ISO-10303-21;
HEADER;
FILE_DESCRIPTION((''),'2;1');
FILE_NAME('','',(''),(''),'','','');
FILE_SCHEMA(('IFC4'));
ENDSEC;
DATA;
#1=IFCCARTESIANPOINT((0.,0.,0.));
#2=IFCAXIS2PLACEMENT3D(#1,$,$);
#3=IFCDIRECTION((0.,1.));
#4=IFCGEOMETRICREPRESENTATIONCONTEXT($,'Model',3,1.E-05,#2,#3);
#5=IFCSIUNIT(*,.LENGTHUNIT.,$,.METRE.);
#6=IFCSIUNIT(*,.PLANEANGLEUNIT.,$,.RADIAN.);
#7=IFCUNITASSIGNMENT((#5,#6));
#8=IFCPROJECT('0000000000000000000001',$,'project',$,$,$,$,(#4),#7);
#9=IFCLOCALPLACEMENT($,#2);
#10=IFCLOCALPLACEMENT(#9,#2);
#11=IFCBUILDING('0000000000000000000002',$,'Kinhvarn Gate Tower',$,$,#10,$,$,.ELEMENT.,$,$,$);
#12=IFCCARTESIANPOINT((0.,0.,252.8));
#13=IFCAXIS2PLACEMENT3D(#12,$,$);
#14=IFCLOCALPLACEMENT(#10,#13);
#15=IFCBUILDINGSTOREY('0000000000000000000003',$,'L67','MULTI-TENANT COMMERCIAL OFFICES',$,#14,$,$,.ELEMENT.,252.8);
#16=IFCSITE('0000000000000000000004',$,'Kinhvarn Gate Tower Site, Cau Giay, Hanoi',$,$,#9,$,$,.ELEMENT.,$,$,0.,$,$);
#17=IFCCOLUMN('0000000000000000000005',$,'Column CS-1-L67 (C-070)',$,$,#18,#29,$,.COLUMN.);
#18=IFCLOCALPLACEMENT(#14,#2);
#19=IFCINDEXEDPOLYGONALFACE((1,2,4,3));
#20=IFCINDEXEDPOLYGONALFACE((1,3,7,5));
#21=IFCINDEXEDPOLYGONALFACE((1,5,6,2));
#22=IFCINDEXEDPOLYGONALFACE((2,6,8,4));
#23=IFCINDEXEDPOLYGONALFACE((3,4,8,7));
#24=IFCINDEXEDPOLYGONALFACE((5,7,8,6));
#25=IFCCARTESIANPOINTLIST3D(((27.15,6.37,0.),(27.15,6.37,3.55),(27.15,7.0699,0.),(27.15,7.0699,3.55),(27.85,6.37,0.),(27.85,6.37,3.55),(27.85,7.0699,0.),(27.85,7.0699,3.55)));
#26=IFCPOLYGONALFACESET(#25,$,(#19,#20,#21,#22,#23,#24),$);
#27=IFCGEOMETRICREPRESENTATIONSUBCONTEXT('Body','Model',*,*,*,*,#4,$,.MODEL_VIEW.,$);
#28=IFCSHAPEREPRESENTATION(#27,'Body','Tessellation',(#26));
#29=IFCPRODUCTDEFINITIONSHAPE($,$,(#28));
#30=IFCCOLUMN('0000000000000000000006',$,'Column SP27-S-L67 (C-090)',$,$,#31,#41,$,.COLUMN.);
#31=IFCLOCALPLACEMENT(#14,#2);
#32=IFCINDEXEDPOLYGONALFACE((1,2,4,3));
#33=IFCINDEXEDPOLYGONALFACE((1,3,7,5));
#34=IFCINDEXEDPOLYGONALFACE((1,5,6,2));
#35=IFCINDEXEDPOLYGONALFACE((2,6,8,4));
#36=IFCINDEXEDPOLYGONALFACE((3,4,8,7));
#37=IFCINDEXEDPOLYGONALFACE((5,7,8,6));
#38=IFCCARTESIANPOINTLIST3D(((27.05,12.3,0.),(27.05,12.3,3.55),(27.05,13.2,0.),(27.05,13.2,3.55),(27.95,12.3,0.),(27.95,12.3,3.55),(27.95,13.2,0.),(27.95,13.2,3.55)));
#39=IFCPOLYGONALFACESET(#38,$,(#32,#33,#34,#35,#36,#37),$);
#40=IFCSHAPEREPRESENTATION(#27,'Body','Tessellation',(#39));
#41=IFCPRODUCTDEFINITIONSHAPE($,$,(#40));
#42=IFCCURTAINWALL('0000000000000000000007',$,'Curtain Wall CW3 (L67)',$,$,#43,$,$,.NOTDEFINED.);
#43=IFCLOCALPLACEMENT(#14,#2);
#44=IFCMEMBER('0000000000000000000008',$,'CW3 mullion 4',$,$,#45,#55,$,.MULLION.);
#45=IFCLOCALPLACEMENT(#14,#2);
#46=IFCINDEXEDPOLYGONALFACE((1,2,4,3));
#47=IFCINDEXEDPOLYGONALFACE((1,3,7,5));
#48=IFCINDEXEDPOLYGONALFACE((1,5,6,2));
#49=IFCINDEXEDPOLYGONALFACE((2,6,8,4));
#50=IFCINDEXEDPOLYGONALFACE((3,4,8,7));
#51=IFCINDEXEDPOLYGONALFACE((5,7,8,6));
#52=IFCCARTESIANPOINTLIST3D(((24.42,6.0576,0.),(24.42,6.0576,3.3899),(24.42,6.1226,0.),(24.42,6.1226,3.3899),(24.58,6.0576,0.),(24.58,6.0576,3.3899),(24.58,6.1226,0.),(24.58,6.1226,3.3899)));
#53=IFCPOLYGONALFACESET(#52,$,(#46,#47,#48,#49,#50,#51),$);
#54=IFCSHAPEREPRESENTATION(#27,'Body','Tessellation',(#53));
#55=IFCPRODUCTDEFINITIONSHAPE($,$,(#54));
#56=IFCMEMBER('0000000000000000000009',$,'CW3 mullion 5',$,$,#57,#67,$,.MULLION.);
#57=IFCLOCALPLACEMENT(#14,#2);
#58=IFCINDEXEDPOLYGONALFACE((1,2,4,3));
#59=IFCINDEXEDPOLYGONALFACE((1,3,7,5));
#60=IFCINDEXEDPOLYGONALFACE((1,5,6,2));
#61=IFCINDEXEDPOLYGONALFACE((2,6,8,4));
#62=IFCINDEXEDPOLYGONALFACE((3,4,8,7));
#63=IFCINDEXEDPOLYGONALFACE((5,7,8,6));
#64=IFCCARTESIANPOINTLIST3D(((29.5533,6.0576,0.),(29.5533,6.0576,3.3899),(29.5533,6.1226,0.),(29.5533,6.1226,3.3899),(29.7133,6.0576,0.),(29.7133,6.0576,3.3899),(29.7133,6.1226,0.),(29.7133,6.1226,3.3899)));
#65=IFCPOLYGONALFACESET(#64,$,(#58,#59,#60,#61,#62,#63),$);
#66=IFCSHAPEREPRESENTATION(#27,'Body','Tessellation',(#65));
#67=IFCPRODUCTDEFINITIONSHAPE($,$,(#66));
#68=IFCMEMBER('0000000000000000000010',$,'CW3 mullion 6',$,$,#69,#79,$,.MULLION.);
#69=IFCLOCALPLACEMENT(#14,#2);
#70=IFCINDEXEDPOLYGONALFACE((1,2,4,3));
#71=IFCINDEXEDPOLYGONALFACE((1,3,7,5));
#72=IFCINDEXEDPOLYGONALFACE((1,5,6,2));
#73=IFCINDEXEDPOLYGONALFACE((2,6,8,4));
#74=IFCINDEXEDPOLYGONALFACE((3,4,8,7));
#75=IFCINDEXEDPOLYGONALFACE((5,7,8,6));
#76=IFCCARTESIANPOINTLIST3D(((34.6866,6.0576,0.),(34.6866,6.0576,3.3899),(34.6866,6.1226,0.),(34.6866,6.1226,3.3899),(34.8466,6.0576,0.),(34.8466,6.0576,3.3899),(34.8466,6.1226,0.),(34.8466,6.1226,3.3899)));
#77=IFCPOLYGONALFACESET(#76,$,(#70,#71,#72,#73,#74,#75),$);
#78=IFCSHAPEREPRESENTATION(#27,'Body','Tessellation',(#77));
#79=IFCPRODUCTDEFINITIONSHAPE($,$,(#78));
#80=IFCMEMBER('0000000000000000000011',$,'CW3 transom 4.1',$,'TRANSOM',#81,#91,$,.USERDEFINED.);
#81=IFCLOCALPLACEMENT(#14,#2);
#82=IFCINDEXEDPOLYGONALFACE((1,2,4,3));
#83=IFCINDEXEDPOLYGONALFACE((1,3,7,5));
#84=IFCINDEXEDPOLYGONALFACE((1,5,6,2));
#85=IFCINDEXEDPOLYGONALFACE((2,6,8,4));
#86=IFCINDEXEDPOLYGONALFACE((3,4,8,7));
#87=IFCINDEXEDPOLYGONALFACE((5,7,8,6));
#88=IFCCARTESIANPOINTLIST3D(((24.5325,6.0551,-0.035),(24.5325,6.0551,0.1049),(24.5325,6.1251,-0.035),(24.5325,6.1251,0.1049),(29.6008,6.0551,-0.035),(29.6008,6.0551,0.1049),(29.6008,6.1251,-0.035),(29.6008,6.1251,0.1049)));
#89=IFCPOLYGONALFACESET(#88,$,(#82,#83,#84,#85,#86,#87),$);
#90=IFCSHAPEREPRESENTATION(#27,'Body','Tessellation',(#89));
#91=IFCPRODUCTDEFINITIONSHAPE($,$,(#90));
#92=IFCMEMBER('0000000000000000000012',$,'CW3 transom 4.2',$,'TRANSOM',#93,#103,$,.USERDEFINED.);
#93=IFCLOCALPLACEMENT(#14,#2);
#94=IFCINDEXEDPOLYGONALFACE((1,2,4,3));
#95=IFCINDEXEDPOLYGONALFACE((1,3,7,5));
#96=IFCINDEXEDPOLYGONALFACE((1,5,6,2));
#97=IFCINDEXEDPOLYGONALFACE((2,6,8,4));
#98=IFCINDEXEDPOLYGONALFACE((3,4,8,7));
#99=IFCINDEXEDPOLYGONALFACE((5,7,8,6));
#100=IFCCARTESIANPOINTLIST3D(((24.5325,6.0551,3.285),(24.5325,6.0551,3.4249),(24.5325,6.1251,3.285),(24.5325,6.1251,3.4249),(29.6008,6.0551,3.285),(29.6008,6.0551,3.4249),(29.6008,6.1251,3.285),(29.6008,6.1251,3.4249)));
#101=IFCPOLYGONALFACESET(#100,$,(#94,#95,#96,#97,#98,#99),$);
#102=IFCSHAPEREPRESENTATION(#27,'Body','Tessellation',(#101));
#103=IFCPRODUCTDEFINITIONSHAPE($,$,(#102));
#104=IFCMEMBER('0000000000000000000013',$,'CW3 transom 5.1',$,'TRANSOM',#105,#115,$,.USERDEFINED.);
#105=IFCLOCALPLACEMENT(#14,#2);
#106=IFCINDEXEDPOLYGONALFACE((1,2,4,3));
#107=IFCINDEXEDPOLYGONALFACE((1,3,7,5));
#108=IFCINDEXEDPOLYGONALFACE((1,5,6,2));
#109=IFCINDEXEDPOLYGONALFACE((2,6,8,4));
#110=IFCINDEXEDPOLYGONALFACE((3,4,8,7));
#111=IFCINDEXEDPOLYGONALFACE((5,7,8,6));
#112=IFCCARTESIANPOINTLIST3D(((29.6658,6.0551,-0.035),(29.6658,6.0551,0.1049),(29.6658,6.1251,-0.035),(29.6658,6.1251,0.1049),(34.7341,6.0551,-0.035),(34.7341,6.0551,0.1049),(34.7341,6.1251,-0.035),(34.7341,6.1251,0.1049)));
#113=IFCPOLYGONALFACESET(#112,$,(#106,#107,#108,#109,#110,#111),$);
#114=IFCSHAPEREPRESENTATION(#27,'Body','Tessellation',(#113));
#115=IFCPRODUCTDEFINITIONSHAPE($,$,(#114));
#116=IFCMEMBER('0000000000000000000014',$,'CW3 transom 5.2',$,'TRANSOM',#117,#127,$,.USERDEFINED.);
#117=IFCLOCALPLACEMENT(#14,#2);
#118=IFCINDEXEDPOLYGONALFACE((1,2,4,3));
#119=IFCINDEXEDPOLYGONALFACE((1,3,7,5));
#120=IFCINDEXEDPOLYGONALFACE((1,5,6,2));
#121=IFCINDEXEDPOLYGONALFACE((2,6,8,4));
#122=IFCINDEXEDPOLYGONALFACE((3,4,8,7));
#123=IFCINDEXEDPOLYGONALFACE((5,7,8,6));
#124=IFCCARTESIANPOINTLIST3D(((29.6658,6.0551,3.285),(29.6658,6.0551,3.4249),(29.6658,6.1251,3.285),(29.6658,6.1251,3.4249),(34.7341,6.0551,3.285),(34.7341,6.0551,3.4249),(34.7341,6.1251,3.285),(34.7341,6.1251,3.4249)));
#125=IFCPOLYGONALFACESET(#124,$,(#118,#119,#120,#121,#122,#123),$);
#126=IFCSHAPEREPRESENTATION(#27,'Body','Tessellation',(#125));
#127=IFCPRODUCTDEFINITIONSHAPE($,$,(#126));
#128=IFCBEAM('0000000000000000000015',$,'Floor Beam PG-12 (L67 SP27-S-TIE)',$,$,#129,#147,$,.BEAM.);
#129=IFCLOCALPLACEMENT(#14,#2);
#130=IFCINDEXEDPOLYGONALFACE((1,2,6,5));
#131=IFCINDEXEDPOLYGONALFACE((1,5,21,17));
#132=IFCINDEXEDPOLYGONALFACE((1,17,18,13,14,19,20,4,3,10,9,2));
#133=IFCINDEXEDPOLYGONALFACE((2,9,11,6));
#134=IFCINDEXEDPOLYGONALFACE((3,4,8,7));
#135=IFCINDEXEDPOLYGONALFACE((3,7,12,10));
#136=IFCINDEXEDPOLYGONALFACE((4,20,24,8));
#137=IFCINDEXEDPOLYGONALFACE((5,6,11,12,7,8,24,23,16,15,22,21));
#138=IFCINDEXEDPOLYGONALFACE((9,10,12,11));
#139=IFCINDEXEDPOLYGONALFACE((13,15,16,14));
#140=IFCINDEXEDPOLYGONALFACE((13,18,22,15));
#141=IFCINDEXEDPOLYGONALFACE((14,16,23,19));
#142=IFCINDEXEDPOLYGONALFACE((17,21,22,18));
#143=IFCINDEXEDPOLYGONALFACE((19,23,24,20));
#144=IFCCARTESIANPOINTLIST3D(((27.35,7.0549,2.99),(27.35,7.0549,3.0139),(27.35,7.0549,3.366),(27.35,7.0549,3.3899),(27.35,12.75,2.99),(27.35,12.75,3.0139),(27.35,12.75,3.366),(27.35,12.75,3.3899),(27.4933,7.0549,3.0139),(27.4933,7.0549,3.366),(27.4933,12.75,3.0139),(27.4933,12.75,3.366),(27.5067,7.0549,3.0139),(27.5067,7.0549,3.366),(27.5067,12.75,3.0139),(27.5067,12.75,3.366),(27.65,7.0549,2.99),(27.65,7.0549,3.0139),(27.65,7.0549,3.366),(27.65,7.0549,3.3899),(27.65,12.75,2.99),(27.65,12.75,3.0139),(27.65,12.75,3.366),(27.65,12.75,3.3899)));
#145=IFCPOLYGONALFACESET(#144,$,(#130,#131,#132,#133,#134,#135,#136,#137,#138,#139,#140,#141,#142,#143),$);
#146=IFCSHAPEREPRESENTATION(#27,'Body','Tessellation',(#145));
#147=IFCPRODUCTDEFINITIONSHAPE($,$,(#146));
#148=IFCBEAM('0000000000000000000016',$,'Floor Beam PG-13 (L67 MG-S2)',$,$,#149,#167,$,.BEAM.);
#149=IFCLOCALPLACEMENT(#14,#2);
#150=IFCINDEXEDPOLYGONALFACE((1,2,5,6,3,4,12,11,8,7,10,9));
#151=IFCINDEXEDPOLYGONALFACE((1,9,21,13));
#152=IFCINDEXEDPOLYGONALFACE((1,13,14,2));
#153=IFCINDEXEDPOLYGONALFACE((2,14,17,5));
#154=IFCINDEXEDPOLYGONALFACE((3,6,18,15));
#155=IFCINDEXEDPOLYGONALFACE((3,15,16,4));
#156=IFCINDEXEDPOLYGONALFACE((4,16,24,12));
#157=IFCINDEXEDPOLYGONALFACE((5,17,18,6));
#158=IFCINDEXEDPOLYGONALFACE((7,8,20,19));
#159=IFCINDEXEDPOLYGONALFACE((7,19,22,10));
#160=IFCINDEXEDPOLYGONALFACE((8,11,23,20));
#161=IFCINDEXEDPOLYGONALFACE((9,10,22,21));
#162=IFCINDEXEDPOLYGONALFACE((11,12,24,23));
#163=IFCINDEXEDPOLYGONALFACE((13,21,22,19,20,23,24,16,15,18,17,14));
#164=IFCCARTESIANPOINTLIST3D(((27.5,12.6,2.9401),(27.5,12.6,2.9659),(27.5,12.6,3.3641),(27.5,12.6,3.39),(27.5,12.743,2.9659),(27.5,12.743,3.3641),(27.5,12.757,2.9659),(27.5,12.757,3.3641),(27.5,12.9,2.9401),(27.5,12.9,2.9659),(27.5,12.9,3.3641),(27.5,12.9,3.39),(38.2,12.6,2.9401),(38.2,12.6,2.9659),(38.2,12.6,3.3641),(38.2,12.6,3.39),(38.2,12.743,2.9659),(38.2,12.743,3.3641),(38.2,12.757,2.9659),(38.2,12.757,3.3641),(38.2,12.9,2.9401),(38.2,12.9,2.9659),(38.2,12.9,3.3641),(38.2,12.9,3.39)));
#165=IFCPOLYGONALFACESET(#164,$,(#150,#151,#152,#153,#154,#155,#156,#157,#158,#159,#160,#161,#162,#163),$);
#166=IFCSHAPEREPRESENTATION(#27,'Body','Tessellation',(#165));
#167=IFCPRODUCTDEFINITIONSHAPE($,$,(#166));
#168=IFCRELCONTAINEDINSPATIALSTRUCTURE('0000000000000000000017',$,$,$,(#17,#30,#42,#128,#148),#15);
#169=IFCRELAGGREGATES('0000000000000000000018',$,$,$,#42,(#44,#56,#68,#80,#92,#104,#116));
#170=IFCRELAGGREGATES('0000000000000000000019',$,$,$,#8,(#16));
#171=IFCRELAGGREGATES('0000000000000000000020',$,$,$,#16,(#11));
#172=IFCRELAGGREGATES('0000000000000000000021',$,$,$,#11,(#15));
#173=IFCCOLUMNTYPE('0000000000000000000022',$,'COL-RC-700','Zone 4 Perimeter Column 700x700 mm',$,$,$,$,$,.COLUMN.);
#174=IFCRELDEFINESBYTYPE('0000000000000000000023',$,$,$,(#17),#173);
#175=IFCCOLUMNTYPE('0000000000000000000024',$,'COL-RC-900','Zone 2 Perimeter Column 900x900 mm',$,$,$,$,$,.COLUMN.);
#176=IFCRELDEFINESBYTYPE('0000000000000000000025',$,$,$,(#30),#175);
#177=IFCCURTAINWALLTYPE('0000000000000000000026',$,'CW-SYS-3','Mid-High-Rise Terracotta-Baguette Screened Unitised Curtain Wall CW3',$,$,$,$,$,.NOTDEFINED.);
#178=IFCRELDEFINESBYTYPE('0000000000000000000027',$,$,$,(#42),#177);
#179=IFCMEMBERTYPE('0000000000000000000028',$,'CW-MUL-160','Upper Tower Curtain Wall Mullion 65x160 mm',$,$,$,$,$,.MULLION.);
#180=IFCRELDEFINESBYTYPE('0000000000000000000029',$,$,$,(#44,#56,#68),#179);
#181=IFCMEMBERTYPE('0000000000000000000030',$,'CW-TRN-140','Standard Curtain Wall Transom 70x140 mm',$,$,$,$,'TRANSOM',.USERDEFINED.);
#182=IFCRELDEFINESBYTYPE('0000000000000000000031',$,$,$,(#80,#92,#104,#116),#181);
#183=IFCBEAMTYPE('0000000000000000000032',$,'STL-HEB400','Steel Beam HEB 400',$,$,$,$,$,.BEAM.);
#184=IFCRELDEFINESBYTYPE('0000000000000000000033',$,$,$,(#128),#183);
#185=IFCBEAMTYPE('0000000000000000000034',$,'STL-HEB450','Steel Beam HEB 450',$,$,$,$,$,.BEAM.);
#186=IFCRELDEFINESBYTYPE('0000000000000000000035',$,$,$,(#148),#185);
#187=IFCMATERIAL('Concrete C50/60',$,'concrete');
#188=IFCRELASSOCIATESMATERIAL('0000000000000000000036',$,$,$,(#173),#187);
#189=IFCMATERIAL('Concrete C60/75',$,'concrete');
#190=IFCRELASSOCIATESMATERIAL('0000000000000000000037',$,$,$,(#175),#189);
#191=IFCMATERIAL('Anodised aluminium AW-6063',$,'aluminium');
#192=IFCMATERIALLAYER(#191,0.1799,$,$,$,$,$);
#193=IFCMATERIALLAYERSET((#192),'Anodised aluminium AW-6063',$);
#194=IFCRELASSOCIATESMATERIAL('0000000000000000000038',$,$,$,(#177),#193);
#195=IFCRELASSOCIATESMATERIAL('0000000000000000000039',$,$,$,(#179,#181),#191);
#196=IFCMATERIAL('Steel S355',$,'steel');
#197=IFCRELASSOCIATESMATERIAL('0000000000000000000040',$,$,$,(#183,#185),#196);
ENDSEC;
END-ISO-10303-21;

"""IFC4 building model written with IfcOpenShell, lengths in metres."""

from ifc_helpers import new_model, si_unit, direction, frame, origin, origin_2d, place, context, subcontext, project, spatial, rectangle, i_section, extrude, material, layer, layer_set, material_profile, profile_set, type_object, element, aggregate, save


model = new_model("IFC4")

# Units and contexts
model_context = context("Model", 3, precision=1e-05, world=origin(), true_north=direction((0.0, 1.0)))
body_context = subcontext(model_context, "Body", "Model", "MODEL_VIEW")
ifc_project = project(units=[si_unit("LENGTHUNIT", "METRE"), si_unit("PLANEANGLEUNIT", "RADIAN")], contexts=[model_context])

# Site, building, storey
site_placement = place(None, origin())
site = spatial("IfcSite", under=ifc_project, at=site_placement, Name="Kinhvarn Gate Tower Site, Cau Giay, Hanoi", CompositionType="ELEMENT", RefElevation=0.0)
building_placement = place(site_placement, origin())
building = spatial("IfcBuilding", under=site, at=building_placement, Name="Kinhvarn Gate Tower", CompositionType="ELEMENT")
storey_placement = place(building_placement, frame((0.0, 0.0, 252.8)))
storey = spatial("IfcBuildingStorey", under=building, at=storey_placement, Name="L67", Description="MULTI-TENANT COMMERCIAL OFFICES", CompositionType="ELEMENT", Elevation=252.8)

# Columns
ifc_material_1 = material(Name="Concrete C50/60", Category="concrete")
ifc_material_profile_1 = material_profile(ifc_material_1, rectangle(XDim=0.7, YDim=0.7, at=origin_2d()), Name="RC 700x700")
ifc_profile_set_1 = profile_set([ifc_material_profile_1], Name="Concrete C50/60")
column_type_1 = type_object("IfcColumnType", Name="COL-RC-700", Description="Zone 4 Perimeter Column 700x700 mm", PredefinedType="COLUMN", material=ifc_profile_set_1)
column_1_placement = place(storey_placement, frame((27.5, 6.72, 0.0), z_axis=(0.0, 0.0, 1.0), x_axis=(1.0, 0.0, 0.0)))
element("IfcColumn", 1, at=column_1_placement, inside=storey, type_object=column_type_1, Name="Column CS-1-L67 (C-070)", PredefinedType="COLUMN", context=body_context, shape_type="SweptSolid", body=[
    extrude(rectangle(XDim=0.7, YDim=0.7, at=origin_2d()), origin(), (0.0, 0.0, 1.0), 3.55),
])
ifc_material_2 = material(Name="Concrete C60/75", Category="concrete")
ifc_material_profile_2 = material_profile(ifc_material_2, rectangle(XDim=0.8999, YDim=0.8999, at=origin_2d()), Name="RC 900x900")
ifc_profile_set_2 = profile_set([ifc_material_profile_2], Name="Concrete C60/75")
column_type_2 = type_object("IfcColumnType", Name="COL-RC-900", Description="Zone 2 Perimeter Column 900x900 mm", PredefinedType="COLUMN", material=ifc_profile_set_2)
column_2_placement = place(storey_placement, frame((27.5, 12.75, 0.0), z_axis=(0.0, 0.0, 1.0), x_axis=(1.0, 0.0, 0.0)))
element("IfcColumn", 2, at=column_2_placement, inside=storey, type_object=column_type_2, Name="Column SP27-S-L67 (C-090)", PredefinedType="COLUMN", context=body_context, shape_type="SweptSolid", body=[
    extrude(rectangle(XDim=0.8999, YDim=0.8999, at=origin_2d()), origin(), (0.0, 0.0, 1.0), 3.55),
])

# Curtain wall, members
ifc_material_3 = material(Name="Anodised aluminium AW-6063", Category="aluminium")
ifc_layer_1 = layer(ifc_material_3, 0.1799)
ifc_layer_set_1 = layer_set([ifc_layer_1], Name="Anodised aluminium AW-6063")
curtain_wall_type = type_object("IfcCurtainWallType", Name="CW-SYS-3", Description="Mid-High-Rise Terracotta-Baguette Screened Unitised Curtain Wall CW3", PredefinedType="NOTDEFINED", material=ifc_layer_set_1)
curtain_wall_placement = place(storey_placement, origin())
curtain_wall = element("IfcCurtainWall", 3, at=curtain_wall_placement, inside=storey, type_object=curtain_wall_type, Name="Curtain Wall CW3 (L67)", PredefinedType="NOTDEFINED")
ifc_material_profile_3 = material_profile(ifc_material_3, rectangle(XDim=0.0649, YDim=0.1599, at=origin_2d()), Name="ALU 65x160")
ifc_profile_set_3 = profile_set([ifc_material_profile_3], Name="Anodised aluminium AW-6063")
member_type_1 = type_object("IfcMemberType", Name="CW-MUL-160", Description="Upper Tower Curtain Wall Mullion 65x160 mm", PredefinedType="MULLION", material=ifc_profile_set_3)
member_1_placement = place(storey_placement, frame((24.5, 6.0901, 0.0), z_axis=(0.0, 0.0, 1.0), x_axis=(0.0, 1.0, 0.0)))
member_1 = element("IfcMember", 4, at=member_1_placement, type_object=member_type_1, Name="CW3 mullion 4", PredefinedType="MULLION", context=body_context, shape_type="SweptSolid", body=[
    extrude(rectangle(XDim=0.0649, YDim=0.1599, at=origin_2d()), origin(), (0.0, 0.0, 1.0), 3.3899),
])
member_2_placement = place(storey_placement, frame((29.6333, 6.0901, 0.0), z_axis=(0.0, 0.0, 1.0), x_axis=(0.0, 1.0, 0.0)))
member_2 = element("IfcMember", 5, at=member_2_placement, type_object=member_type_1, Name="CW3 mullion 5", PredefinedType="MULLION", context=body_context, shape_type="SweptSolid", body=[
    extrude(rectangle(XDim=0.0649, YDim=0.1599, at=origin_2d()), origin(), (0.0, 0.0, 1.0), 3.3899),
])
member_3_placement = place(storey_placement, frame((34.7666, 6.0901, 0.0), z_axis=(0.0, 0.0, 1.0), x_axis=(0.0, 1.0, 0.0)))
member_3 = element("IfcMember", 6, at=member_3_placement, type_object=member_type_1, Name="CW3 mullion 6", PredefinedType="MULLION", context=body_context, shape_type="SweptSolid", body=[
    extrude(rectangle(XDim=0.0649, YDim=0.1599, at=origin_2d()), origin(), (0.0, 0.0, 1.0), 3.3899),
])
ifc_material_profile_4 = material_profile(ifc_material_3, rectangle(XDim=0.0701, YDim=0.1399, at=origin_2d()), Name="ALU 70x140")
ifc_profile_set_4 = profile_set([ifc_material_profile_4], Name="Anodised aluminium AW-6063")
member_type_2 = type_object("IfcMemberType", Name="CW-TRN-140", Description="Standard Curtain Wall Transom 70x140 mm", ElementType="TRANSOM", PredefinedType="USERDEFINED", material=ifc_profile_set_4)
member_4_placement = place(storey_placement, frame((24.5325, 6.0901, 0.0349), z_axis=(1.0, 0.0, 0.0), x_axis=(0.0, 1.0, 0.0)))
member_4 = element("IfcMember", 7, at=member_4_placement, type_object=member_type_2, Name="CW3 transom 4.1", ObjectType="TRANSOM", PredefinedType="USERDEFINED", context=body_context, shape_type="SweptSolid", body=[
    extrude(rectangle(XDim=0.0701, YDim=0.1399, at=origin_2d()), origin(), (0.0, 0.0, 1.0), 5.0684),
])
member_5_placement = place(storey_placement, frame((24.5325, 6.0901, 3.355), z_axis=(1.0, 0.0, 0.0), x_axis=(0.0, 1.0, 0.0)))
member_5 = element("IfcMember", 8, at=member_5_placement, type_object=member_type_2, Name="CW3 transom 4.2", ObjectType="TRANSOM", PredefinedType="USERDEFINED", context=body_context, shape_type="SweptSolid", body=[
    extrude(rectangle(XDim=0.0701, YDim=0.1399, at=origin_2d()), origin(), (0.0, 0.0, 1.0), 5.0684),
])
member_6_placement = place(storey_placement, frame((29.6658, 6.0901, 0.0349), z_axis=(1.0, 0.0, 0.0), x_axis=(0.0, 1.0, 0.0)))
member_6 = element("IfcMember", 9, at=member_6_placement, type_object=member_type_2, Name="CW3 transom 5.1", ObjectType="TRANSOM", PredefinedType="USERDEFINED", context=body_context, shape_type="SweptSolid", body=[
    extrude(rectangle(XDim=0.0701, YDim=0.1399, at=origin_2d()), origin(), (0.0, 0.0, 1.0), 5.0684),
])
member_7_placement = place(storey_placement, frame((29.6658, 6.0901, 3.355), z_axis=(1.0, 0.0, 0.0), x_axis=(0.0, 1.0, 0.0)))
member_7 = element("IfcMember", 10, at=member_7_placement, type_object=member_type_2, Name="CW3 transom 5.2", ObjectType="TRANSOM", PredefinedType="USERDEFINED", context=body_context, shape_type="SweptSolid", body=[
    extrude(rectangle(XDim=0.0701, YDim=0.1399, at=origin_2d()), origin(), (0.0, 0.0, 1.0), 5.0684),
])

# Beams
ifc_material_4 = material(Name="Steel S355", Category="steel")
ifc_material_profile_5 = material_profile(ifc_material_4, i_section(OverallWidth=0.3, OverallDepth=0.3999, WebThickness=0.0134, FlangeThickness=0.0239, at=origin_2d()), Name="HEB 400")
ifc_profile_set_5 = profile_set([ifc_material_profile_5], Name="Steel S355")
beam_type_1 = type_object("IfcBeamType", Name="STL-HEB400", Description="Steel Beam HEB 400", PredefinedType="BEAM", material=ifc_profile_set_5)
beam_1_placement = place(storey_placement, frame((27.5, 7.0549, 3.1899), z_axis=(0.0, 1.0, 0.0), x_axis=(-1.0, 0.0, 0.0)))
element("IfcBeam", 11, at=beam_1_placement, inside=storey, type_object=beam_type_1, Name="Floor Beam PG-12 (L67 SP27-S-TIE)", PredefinedType="BEAM", context=body_context, shape_type="SweptSolid", body=[
    extrude(i_section(OverallWidth=0.3, OverallDepth=0.3999, WebThickness=0.0134, FlangeThickness=0.0239, at=origin_2d()), origin(), (0.0, 0.0, 1.0), 5.6951),
])
ifc_material_profile_6 = material_profile(ifc_material_4, i_section(OverallWidth=0.3, OverallDepth=0.45, WebThickness=0.0139, FlangeThickness=0.0259, at=origin_2d()), Name="HEB 450")
ifc_profile_set_6 = profile_set([ifc_material_profile_6], Name="Steel S355")
beam_type_2 = type_object("IfcBeamType", Name="STL-HEB450", Description="Steel Beam HEB 450", PredefinedType="BEAM", material=ifc_profile_set_6)
beam_2_placement = place(storey_placement, frame((27.5, 12.75, 3.165), z_axis=(1.0, 0.0, 0.0), x_axis=(0.0, 1.0, 0.0)))
element("IfcBeam", 12, at=beam_2_placement, inside=storey, type_object=beam_type_2, Name="Floor Beam PG-13 (L67 MG-S2)", PredefinedType="BEAM", context=body_context, shape_type="SweptSolid", body=[
    extrude(i_section(OverallWidth=0.3, OverallDepth=0.45, WebThickness=0.0139, FlangeThickness=0.0259, at=origin_2d()), origin(), (0.0, 0.0, 1.0), 10.7),
])

aggregate(curtain_wall, [member_1, member_2, member_3, member_4, member_5, member_6, member_7])

save(model, "model.ifc")
